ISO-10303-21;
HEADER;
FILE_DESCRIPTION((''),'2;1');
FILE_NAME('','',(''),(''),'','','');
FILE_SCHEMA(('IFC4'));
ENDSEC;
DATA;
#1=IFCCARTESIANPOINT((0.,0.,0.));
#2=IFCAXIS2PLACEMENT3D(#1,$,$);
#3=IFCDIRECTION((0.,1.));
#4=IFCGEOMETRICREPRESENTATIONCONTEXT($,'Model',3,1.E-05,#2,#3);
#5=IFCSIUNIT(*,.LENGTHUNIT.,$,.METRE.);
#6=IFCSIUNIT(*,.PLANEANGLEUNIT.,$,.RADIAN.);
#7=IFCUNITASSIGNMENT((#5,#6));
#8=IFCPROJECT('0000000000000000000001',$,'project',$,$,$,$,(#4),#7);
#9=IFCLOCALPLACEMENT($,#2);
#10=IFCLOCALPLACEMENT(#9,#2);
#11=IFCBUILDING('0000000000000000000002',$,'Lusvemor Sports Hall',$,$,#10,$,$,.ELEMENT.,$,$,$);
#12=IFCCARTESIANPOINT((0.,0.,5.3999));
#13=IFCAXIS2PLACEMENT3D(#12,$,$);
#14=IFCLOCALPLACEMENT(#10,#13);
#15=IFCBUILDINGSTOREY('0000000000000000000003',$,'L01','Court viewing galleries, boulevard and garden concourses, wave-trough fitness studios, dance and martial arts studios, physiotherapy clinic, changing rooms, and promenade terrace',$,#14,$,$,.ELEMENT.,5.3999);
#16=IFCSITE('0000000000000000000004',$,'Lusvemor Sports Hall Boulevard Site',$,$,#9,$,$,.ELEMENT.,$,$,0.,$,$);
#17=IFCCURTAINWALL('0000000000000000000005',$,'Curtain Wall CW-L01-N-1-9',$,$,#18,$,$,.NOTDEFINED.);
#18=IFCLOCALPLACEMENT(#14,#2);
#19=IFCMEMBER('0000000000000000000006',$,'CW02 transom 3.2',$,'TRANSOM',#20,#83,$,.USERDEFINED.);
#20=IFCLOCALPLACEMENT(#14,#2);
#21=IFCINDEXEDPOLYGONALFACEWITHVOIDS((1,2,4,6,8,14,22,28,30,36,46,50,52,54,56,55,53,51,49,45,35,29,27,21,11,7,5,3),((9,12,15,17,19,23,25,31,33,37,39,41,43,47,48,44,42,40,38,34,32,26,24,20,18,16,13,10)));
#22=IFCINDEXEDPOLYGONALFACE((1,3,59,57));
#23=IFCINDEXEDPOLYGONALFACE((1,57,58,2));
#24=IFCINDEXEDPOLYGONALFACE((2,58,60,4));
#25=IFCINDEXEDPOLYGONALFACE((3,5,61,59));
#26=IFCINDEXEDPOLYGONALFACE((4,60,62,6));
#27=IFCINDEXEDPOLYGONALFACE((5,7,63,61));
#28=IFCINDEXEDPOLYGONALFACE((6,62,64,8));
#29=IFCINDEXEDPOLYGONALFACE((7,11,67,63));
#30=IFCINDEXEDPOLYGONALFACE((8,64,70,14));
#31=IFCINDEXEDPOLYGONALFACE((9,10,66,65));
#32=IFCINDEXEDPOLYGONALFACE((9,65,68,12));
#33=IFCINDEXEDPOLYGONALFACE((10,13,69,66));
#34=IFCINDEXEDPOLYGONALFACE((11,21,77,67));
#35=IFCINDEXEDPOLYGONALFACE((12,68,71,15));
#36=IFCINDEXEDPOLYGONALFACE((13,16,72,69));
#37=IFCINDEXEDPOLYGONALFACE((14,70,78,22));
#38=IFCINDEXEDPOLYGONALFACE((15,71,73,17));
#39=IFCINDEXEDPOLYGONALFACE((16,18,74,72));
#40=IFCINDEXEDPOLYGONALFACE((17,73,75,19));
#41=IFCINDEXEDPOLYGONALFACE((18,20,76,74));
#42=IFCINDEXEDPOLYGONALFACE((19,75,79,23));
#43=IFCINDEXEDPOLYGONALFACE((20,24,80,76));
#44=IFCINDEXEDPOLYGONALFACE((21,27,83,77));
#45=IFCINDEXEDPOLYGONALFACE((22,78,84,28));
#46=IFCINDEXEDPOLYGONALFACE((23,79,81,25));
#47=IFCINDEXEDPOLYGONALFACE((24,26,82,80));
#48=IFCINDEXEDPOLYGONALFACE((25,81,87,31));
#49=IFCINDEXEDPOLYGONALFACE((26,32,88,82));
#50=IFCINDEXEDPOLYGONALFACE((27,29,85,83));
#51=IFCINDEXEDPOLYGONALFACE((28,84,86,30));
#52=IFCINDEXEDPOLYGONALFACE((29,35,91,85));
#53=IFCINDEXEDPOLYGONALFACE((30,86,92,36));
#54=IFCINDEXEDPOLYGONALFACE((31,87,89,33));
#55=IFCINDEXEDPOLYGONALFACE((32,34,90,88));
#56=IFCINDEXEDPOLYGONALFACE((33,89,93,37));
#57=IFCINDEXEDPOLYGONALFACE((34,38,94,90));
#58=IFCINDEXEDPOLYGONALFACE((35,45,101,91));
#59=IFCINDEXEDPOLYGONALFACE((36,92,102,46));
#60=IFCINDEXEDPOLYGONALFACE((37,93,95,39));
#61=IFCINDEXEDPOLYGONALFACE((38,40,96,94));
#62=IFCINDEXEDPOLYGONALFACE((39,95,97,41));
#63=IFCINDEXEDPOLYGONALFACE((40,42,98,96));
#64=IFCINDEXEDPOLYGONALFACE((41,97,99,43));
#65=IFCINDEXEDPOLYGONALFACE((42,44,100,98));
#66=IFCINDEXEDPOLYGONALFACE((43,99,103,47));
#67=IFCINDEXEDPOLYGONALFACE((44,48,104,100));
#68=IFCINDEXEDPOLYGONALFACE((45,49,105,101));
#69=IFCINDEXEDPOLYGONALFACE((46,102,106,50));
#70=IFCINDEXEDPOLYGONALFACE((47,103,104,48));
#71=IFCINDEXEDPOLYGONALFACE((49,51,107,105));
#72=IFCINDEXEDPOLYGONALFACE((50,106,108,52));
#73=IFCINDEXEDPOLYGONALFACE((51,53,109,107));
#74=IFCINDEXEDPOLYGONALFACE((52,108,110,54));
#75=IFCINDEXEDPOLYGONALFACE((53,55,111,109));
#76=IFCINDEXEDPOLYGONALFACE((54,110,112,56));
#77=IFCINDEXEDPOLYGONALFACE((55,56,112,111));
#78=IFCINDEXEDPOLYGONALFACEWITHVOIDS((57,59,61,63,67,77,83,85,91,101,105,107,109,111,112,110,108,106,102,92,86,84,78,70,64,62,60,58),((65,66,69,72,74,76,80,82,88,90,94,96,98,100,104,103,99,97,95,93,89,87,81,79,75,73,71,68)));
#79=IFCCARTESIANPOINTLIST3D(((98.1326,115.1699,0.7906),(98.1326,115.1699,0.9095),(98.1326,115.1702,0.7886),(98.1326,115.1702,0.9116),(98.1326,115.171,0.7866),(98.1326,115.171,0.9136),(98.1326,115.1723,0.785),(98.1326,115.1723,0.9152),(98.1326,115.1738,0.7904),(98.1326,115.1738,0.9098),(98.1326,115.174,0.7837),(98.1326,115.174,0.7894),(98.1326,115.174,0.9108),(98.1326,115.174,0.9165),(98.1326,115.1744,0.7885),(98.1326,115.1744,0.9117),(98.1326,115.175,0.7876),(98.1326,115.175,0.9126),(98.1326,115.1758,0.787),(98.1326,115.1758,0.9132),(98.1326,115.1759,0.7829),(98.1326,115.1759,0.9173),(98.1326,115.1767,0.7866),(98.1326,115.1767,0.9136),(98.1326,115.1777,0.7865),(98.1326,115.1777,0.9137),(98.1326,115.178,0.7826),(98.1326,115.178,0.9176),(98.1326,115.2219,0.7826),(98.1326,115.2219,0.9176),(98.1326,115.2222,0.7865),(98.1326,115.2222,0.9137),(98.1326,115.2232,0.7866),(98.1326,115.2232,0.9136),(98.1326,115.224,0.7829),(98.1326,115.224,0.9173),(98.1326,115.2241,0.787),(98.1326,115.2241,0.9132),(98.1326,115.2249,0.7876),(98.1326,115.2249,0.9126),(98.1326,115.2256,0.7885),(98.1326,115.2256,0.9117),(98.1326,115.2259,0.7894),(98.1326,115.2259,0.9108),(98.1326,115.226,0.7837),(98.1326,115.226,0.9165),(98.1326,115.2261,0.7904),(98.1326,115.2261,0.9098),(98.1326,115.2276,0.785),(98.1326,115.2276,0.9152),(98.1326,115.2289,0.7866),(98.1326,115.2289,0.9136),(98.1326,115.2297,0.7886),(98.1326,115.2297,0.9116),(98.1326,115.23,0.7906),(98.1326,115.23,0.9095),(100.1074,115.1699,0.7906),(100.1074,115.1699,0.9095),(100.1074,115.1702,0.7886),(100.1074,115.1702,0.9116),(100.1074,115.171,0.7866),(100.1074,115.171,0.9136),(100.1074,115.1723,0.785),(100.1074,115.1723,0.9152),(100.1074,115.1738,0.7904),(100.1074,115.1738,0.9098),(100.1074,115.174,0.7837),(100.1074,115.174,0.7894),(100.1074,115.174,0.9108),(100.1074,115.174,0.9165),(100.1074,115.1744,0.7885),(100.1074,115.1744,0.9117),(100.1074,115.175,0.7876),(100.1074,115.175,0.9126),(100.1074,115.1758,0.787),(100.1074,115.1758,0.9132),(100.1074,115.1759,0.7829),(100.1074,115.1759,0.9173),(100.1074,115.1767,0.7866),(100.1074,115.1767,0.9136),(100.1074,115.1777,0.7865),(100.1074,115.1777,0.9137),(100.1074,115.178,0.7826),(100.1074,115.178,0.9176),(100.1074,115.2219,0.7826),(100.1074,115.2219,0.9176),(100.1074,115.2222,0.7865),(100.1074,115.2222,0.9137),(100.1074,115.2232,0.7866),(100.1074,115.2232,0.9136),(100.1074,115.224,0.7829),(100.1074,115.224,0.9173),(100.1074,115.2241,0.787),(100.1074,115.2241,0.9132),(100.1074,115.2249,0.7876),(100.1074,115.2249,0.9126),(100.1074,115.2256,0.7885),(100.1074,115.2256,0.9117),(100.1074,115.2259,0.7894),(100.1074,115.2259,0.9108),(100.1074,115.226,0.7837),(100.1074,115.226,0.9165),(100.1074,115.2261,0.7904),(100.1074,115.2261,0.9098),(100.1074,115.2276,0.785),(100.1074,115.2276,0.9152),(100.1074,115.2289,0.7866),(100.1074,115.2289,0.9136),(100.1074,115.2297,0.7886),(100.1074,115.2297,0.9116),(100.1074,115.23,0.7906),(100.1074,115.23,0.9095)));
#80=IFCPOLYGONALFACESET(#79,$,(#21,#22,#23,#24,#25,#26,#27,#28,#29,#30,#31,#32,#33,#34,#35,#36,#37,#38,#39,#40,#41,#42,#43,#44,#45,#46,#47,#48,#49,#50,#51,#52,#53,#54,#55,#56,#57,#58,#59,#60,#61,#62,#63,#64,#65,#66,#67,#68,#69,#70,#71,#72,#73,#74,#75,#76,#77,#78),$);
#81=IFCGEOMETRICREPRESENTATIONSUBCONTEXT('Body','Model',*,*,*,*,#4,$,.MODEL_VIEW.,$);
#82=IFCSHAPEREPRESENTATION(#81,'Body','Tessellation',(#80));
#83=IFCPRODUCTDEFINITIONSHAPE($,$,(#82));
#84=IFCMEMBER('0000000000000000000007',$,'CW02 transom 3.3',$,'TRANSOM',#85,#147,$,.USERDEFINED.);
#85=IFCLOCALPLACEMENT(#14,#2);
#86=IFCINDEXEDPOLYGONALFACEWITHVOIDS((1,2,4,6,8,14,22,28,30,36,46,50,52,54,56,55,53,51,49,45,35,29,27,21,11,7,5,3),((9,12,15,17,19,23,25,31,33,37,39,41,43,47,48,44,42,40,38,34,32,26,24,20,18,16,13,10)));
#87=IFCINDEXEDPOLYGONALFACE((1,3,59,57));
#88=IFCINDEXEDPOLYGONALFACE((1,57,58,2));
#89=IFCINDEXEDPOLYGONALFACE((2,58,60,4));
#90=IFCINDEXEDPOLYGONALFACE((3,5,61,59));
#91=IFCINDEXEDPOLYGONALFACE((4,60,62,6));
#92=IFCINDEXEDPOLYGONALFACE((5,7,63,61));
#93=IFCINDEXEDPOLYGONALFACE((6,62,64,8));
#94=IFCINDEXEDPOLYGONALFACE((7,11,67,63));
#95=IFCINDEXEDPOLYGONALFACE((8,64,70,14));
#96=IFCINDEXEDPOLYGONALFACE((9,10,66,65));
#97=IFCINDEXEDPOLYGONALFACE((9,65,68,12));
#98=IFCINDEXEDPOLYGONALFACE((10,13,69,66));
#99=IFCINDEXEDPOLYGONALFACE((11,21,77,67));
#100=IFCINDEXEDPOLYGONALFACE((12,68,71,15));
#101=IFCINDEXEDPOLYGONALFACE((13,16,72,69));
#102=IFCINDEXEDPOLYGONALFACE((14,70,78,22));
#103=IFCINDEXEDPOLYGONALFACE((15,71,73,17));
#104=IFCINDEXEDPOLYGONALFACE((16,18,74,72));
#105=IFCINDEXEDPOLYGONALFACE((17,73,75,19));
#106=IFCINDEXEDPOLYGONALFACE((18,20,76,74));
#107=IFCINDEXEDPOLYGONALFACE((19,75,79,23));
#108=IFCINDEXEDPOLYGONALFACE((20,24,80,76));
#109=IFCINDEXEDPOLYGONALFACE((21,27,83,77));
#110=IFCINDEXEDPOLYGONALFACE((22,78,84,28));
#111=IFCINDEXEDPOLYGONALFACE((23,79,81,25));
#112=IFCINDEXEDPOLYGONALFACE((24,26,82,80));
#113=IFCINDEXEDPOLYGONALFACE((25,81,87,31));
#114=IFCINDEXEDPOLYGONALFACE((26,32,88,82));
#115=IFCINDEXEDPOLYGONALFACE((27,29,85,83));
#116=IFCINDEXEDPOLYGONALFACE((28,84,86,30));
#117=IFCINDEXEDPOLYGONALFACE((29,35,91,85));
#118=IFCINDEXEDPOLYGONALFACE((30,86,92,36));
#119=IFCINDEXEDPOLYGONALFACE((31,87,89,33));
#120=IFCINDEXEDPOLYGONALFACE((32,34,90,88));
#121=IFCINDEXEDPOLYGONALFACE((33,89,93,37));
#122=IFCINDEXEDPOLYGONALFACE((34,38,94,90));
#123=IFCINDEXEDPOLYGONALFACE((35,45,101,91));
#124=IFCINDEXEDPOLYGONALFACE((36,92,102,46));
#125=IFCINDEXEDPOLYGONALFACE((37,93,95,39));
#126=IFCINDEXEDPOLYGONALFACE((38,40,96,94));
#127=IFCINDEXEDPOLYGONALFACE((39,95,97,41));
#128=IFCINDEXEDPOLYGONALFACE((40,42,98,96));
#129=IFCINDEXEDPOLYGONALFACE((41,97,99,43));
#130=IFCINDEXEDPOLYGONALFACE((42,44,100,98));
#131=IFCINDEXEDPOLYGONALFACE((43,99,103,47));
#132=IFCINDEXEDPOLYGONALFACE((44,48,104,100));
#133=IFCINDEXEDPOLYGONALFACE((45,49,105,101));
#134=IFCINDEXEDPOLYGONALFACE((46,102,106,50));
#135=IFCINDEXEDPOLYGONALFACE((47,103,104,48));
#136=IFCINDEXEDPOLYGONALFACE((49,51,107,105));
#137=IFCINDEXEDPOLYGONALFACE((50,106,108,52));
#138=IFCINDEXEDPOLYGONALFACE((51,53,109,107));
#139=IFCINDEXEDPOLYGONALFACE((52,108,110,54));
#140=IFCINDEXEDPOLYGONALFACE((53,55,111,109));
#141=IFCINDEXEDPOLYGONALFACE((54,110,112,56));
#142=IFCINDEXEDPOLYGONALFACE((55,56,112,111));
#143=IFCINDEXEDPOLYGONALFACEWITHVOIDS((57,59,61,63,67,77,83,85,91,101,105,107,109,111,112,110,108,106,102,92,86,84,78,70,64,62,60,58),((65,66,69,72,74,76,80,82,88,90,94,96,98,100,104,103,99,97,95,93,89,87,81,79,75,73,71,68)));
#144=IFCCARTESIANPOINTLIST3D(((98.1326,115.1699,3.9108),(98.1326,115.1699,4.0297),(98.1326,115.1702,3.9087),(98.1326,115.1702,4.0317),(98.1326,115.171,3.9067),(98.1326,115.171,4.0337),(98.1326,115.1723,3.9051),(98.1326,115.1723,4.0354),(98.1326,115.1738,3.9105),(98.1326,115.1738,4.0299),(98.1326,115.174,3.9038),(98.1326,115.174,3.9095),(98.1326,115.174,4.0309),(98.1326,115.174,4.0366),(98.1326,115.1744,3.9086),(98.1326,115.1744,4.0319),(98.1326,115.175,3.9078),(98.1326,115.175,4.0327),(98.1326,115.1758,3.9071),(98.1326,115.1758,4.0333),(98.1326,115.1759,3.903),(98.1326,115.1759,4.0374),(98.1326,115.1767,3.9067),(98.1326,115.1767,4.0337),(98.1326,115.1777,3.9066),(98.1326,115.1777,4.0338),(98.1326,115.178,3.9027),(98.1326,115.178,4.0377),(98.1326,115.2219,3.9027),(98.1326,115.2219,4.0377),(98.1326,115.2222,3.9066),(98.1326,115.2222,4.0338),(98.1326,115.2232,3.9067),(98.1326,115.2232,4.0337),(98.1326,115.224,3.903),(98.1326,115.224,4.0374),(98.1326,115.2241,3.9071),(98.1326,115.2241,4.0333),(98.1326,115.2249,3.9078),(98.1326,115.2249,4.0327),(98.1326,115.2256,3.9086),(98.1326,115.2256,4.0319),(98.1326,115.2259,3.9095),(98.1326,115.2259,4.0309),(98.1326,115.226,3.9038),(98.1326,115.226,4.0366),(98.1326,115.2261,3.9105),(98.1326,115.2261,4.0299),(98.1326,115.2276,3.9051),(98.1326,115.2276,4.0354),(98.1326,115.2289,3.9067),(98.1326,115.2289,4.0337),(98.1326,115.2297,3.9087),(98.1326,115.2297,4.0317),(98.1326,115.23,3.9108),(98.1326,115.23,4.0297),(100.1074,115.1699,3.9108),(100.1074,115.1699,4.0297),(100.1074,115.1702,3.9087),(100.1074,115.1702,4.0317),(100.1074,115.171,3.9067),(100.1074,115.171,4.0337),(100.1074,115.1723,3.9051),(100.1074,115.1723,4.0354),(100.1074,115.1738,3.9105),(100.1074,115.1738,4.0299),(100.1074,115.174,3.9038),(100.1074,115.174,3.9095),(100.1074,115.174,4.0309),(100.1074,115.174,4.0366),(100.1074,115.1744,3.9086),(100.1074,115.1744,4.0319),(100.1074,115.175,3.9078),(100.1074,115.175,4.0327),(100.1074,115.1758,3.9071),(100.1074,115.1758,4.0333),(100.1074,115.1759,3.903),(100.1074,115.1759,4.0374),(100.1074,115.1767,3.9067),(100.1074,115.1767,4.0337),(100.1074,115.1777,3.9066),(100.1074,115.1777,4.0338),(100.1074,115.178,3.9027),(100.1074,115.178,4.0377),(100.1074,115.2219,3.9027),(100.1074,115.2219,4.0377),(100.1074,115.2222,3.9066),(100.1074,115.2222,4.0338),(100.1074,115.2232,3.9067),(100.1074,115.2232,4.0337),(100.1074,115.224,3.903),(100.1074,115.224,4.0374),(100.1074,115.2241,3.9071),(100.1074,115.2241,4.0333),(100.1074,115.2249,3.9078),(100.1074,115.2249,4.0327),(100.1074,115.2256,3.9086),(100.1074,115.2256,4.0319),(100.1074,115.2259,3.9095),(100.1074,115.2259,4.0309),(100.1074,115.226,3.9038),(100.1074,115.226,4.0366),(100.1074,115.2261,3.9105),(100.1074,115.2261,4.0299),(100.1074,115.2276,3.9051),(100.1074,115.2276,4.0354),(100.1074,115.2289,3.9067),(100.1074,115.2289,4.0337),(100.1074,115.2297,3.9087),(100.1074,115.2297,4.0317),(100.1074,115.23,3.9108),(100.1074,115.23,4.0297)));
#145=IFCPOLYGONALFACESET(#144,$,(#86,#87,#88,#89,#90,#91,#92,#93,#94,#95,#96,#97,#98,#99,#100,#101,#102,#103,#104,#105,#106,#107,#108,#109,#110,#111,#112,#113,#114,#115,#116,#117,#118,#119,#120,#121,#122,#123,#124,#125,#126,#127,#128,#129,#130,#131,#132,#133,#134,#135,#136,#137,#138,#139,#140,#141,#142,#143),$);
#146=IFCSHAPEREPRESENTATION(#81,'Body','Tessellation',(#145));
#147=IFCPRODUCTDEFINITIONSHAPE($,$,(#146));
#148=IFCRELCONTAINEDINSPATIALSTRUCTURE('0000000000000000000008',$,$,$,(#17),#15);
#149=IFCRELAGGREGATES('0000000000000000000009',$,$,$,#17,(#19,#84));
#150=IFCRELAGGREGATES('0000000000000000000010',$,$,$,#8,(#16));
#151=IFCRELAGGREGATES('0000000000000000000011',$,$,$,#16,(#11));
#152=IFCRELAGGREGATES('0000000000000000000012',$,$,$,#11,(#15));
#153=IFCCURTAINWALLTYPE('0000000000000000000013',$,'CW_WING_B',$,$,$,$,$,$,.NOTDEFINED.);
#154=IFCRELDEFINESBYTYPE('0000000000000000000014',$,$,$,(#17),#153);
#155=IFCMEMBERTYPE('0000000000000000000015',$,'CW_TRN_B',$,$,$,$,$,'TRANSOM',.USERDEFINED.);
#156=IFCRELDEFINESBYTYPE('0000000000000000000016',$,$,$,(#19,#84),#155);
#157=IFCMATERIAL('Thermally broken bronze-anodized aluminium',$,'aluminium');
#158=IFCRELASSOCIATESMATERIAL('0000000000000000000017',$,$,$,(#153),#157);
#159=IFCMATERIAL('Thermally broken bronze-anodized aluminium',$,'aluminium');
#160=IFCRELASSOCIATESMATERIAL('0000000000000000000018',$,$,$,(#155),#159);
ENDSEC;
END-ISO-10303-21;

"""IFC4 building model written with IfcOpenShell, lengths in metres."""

from ifc_helpers import new_model, si_unit, direction, frame, origin, origin_2d, place, context, subcontext, project, spatial, hollow_rectangle, extrude, material, material_profile, profile_set, type_object, element, aggregate, save


model = new_model("IFC4")

# Units and contexts
model_context = context("Model", 3, precision=1e-05, world=origin(), true_north=direction((0.0, 1.0)))
body_context = subcontext(model_context, "Body", "Model", "MODEL_VIEW")
ifc_project = project(units=[si_unit("LENGTHUNIT", "METRE"), si_unit("PLANEANGLEUNIT", "RADIAN")], contexts=[model_context])

# Site, building, storey
site_placement = place(None, origin())
site = spatial("IfcSite", under=ifc_project, at=site_placement, Name="Lusvemor Sports Hall Boulevard Site", CompositionType="ELEMENT", RefElevation=0.0)
building_placement = place(site_placement, origin())
building = spatial("IfcBuilding", under=site, at=building_placement, Name="Lusvemor Sports Hall", CompositionType="ELEMENT")
storey_placement = place(building_placement, frame((0.0, 0.0, 5.3999)))
storey = spatial("IfcBuildingStorey", under=building, at=storey_placement, Name="L01", Description="Court viewing galleries, boulevard and garden concourses, wave-trough fitness studios, dance and martial arts studios, physiotherapy clinic, changing rooms, and promenade terrace", CompositionType="ELEMENT", Elevation=5.3999)

# Curtain wall, members
ifc_material_1 = material(Name="Thermally broken bronze-anodized aluminium", Category="aluminium")
curtain_wall_type = type_object("IfcCurtainWallType", Name="CW_WING_B", PredefinedType="NOTDEFINED", material=ifc_material_1)
curtain_wall_placement = place(storey_placement, origin())
curtain_wall = element("IfcCurtainWall", 1, at=curtain_wall_placement, inside=storey, type_object=curtain_wall_type, Name="Curtain Wall CW-L01-N-1-9", PredefinedType="NOTDEFINED")
ifc_material_2 = material(Name="Thermally broken bronze-anodized aluminium", Category="aluminium")
ifc_material_profile_1 = material_profile(ifc_material_2, hollow_rectangle(XDim=0.0601, YDim=0.135, WallThickness=0.0039, InnerFilletRadius=0.0039, OuterFilletRadius=0.0081, at=origin_2d()), Name="CWTRN135x60x4")
ifc_profile_set_1 = profile_set([ifc_material_profile_1], Name="Thermally broken bronze-anodized aluminium")
member_type_1 = type_object("IfcMemberType", Name="CW_TRN_B", ElementType="TRANSOM", PredefinedType="USERDEFINED", material=ifc_profile_set_1)
member_1_placement = place(storey_placement, frame((98.1326, 115.2, 0.8501), z_axis=(1.0, 0.0, 0.0), x_axis=(0.0, 1.0, 0.0)))
member_1 = element("IfcMember", 2, at=member_1_placement, type_object=member_type_1, Name="CW02 transom 3.2", ObjectType="TRANSOM", PredefinedType="USERDEFINED", context=body_context, shape_type="SweptSolid", body=[
    extrude(hollow_rectangle(XDim=0.0601, YDim=0.135, WallThickness=0.0039, InnerFilletRadius=0.0039, OuterFilletRadius=0.0081, at=origin_2d()), origin(), (0.0, 0.0, 1.0), 1.9749),
])
member_2_placement = place(storey_placement, frame((98.1326, 115.2, 3.9702), z_axis=(1.0, 0.0, 0.0), x_axis=(0.0, 1.0, 0.0)))
member_2 = element("IfcMember", 3, at=member_2_placement, type_object=member_type_1, Name="CW02 transom 3.3", ObjectType="TRANSOM", PredefinedType="USERDEFINED", context=body_context, shape_type="SweptSolid", body=[
    extrude(hollow_rectangle(XDim=0.0601, YDim=0.135, WallThickness=0.0039, InnerFilletRadius=0.0039, OuterFilletRadius=0.0081, at=origin_2d()), origin(), (0.0, 0.0, 1.0), 1.9749),
])

aggregate(curtain_wall, [member_1, member_2])

save(model, "model.ifc")
